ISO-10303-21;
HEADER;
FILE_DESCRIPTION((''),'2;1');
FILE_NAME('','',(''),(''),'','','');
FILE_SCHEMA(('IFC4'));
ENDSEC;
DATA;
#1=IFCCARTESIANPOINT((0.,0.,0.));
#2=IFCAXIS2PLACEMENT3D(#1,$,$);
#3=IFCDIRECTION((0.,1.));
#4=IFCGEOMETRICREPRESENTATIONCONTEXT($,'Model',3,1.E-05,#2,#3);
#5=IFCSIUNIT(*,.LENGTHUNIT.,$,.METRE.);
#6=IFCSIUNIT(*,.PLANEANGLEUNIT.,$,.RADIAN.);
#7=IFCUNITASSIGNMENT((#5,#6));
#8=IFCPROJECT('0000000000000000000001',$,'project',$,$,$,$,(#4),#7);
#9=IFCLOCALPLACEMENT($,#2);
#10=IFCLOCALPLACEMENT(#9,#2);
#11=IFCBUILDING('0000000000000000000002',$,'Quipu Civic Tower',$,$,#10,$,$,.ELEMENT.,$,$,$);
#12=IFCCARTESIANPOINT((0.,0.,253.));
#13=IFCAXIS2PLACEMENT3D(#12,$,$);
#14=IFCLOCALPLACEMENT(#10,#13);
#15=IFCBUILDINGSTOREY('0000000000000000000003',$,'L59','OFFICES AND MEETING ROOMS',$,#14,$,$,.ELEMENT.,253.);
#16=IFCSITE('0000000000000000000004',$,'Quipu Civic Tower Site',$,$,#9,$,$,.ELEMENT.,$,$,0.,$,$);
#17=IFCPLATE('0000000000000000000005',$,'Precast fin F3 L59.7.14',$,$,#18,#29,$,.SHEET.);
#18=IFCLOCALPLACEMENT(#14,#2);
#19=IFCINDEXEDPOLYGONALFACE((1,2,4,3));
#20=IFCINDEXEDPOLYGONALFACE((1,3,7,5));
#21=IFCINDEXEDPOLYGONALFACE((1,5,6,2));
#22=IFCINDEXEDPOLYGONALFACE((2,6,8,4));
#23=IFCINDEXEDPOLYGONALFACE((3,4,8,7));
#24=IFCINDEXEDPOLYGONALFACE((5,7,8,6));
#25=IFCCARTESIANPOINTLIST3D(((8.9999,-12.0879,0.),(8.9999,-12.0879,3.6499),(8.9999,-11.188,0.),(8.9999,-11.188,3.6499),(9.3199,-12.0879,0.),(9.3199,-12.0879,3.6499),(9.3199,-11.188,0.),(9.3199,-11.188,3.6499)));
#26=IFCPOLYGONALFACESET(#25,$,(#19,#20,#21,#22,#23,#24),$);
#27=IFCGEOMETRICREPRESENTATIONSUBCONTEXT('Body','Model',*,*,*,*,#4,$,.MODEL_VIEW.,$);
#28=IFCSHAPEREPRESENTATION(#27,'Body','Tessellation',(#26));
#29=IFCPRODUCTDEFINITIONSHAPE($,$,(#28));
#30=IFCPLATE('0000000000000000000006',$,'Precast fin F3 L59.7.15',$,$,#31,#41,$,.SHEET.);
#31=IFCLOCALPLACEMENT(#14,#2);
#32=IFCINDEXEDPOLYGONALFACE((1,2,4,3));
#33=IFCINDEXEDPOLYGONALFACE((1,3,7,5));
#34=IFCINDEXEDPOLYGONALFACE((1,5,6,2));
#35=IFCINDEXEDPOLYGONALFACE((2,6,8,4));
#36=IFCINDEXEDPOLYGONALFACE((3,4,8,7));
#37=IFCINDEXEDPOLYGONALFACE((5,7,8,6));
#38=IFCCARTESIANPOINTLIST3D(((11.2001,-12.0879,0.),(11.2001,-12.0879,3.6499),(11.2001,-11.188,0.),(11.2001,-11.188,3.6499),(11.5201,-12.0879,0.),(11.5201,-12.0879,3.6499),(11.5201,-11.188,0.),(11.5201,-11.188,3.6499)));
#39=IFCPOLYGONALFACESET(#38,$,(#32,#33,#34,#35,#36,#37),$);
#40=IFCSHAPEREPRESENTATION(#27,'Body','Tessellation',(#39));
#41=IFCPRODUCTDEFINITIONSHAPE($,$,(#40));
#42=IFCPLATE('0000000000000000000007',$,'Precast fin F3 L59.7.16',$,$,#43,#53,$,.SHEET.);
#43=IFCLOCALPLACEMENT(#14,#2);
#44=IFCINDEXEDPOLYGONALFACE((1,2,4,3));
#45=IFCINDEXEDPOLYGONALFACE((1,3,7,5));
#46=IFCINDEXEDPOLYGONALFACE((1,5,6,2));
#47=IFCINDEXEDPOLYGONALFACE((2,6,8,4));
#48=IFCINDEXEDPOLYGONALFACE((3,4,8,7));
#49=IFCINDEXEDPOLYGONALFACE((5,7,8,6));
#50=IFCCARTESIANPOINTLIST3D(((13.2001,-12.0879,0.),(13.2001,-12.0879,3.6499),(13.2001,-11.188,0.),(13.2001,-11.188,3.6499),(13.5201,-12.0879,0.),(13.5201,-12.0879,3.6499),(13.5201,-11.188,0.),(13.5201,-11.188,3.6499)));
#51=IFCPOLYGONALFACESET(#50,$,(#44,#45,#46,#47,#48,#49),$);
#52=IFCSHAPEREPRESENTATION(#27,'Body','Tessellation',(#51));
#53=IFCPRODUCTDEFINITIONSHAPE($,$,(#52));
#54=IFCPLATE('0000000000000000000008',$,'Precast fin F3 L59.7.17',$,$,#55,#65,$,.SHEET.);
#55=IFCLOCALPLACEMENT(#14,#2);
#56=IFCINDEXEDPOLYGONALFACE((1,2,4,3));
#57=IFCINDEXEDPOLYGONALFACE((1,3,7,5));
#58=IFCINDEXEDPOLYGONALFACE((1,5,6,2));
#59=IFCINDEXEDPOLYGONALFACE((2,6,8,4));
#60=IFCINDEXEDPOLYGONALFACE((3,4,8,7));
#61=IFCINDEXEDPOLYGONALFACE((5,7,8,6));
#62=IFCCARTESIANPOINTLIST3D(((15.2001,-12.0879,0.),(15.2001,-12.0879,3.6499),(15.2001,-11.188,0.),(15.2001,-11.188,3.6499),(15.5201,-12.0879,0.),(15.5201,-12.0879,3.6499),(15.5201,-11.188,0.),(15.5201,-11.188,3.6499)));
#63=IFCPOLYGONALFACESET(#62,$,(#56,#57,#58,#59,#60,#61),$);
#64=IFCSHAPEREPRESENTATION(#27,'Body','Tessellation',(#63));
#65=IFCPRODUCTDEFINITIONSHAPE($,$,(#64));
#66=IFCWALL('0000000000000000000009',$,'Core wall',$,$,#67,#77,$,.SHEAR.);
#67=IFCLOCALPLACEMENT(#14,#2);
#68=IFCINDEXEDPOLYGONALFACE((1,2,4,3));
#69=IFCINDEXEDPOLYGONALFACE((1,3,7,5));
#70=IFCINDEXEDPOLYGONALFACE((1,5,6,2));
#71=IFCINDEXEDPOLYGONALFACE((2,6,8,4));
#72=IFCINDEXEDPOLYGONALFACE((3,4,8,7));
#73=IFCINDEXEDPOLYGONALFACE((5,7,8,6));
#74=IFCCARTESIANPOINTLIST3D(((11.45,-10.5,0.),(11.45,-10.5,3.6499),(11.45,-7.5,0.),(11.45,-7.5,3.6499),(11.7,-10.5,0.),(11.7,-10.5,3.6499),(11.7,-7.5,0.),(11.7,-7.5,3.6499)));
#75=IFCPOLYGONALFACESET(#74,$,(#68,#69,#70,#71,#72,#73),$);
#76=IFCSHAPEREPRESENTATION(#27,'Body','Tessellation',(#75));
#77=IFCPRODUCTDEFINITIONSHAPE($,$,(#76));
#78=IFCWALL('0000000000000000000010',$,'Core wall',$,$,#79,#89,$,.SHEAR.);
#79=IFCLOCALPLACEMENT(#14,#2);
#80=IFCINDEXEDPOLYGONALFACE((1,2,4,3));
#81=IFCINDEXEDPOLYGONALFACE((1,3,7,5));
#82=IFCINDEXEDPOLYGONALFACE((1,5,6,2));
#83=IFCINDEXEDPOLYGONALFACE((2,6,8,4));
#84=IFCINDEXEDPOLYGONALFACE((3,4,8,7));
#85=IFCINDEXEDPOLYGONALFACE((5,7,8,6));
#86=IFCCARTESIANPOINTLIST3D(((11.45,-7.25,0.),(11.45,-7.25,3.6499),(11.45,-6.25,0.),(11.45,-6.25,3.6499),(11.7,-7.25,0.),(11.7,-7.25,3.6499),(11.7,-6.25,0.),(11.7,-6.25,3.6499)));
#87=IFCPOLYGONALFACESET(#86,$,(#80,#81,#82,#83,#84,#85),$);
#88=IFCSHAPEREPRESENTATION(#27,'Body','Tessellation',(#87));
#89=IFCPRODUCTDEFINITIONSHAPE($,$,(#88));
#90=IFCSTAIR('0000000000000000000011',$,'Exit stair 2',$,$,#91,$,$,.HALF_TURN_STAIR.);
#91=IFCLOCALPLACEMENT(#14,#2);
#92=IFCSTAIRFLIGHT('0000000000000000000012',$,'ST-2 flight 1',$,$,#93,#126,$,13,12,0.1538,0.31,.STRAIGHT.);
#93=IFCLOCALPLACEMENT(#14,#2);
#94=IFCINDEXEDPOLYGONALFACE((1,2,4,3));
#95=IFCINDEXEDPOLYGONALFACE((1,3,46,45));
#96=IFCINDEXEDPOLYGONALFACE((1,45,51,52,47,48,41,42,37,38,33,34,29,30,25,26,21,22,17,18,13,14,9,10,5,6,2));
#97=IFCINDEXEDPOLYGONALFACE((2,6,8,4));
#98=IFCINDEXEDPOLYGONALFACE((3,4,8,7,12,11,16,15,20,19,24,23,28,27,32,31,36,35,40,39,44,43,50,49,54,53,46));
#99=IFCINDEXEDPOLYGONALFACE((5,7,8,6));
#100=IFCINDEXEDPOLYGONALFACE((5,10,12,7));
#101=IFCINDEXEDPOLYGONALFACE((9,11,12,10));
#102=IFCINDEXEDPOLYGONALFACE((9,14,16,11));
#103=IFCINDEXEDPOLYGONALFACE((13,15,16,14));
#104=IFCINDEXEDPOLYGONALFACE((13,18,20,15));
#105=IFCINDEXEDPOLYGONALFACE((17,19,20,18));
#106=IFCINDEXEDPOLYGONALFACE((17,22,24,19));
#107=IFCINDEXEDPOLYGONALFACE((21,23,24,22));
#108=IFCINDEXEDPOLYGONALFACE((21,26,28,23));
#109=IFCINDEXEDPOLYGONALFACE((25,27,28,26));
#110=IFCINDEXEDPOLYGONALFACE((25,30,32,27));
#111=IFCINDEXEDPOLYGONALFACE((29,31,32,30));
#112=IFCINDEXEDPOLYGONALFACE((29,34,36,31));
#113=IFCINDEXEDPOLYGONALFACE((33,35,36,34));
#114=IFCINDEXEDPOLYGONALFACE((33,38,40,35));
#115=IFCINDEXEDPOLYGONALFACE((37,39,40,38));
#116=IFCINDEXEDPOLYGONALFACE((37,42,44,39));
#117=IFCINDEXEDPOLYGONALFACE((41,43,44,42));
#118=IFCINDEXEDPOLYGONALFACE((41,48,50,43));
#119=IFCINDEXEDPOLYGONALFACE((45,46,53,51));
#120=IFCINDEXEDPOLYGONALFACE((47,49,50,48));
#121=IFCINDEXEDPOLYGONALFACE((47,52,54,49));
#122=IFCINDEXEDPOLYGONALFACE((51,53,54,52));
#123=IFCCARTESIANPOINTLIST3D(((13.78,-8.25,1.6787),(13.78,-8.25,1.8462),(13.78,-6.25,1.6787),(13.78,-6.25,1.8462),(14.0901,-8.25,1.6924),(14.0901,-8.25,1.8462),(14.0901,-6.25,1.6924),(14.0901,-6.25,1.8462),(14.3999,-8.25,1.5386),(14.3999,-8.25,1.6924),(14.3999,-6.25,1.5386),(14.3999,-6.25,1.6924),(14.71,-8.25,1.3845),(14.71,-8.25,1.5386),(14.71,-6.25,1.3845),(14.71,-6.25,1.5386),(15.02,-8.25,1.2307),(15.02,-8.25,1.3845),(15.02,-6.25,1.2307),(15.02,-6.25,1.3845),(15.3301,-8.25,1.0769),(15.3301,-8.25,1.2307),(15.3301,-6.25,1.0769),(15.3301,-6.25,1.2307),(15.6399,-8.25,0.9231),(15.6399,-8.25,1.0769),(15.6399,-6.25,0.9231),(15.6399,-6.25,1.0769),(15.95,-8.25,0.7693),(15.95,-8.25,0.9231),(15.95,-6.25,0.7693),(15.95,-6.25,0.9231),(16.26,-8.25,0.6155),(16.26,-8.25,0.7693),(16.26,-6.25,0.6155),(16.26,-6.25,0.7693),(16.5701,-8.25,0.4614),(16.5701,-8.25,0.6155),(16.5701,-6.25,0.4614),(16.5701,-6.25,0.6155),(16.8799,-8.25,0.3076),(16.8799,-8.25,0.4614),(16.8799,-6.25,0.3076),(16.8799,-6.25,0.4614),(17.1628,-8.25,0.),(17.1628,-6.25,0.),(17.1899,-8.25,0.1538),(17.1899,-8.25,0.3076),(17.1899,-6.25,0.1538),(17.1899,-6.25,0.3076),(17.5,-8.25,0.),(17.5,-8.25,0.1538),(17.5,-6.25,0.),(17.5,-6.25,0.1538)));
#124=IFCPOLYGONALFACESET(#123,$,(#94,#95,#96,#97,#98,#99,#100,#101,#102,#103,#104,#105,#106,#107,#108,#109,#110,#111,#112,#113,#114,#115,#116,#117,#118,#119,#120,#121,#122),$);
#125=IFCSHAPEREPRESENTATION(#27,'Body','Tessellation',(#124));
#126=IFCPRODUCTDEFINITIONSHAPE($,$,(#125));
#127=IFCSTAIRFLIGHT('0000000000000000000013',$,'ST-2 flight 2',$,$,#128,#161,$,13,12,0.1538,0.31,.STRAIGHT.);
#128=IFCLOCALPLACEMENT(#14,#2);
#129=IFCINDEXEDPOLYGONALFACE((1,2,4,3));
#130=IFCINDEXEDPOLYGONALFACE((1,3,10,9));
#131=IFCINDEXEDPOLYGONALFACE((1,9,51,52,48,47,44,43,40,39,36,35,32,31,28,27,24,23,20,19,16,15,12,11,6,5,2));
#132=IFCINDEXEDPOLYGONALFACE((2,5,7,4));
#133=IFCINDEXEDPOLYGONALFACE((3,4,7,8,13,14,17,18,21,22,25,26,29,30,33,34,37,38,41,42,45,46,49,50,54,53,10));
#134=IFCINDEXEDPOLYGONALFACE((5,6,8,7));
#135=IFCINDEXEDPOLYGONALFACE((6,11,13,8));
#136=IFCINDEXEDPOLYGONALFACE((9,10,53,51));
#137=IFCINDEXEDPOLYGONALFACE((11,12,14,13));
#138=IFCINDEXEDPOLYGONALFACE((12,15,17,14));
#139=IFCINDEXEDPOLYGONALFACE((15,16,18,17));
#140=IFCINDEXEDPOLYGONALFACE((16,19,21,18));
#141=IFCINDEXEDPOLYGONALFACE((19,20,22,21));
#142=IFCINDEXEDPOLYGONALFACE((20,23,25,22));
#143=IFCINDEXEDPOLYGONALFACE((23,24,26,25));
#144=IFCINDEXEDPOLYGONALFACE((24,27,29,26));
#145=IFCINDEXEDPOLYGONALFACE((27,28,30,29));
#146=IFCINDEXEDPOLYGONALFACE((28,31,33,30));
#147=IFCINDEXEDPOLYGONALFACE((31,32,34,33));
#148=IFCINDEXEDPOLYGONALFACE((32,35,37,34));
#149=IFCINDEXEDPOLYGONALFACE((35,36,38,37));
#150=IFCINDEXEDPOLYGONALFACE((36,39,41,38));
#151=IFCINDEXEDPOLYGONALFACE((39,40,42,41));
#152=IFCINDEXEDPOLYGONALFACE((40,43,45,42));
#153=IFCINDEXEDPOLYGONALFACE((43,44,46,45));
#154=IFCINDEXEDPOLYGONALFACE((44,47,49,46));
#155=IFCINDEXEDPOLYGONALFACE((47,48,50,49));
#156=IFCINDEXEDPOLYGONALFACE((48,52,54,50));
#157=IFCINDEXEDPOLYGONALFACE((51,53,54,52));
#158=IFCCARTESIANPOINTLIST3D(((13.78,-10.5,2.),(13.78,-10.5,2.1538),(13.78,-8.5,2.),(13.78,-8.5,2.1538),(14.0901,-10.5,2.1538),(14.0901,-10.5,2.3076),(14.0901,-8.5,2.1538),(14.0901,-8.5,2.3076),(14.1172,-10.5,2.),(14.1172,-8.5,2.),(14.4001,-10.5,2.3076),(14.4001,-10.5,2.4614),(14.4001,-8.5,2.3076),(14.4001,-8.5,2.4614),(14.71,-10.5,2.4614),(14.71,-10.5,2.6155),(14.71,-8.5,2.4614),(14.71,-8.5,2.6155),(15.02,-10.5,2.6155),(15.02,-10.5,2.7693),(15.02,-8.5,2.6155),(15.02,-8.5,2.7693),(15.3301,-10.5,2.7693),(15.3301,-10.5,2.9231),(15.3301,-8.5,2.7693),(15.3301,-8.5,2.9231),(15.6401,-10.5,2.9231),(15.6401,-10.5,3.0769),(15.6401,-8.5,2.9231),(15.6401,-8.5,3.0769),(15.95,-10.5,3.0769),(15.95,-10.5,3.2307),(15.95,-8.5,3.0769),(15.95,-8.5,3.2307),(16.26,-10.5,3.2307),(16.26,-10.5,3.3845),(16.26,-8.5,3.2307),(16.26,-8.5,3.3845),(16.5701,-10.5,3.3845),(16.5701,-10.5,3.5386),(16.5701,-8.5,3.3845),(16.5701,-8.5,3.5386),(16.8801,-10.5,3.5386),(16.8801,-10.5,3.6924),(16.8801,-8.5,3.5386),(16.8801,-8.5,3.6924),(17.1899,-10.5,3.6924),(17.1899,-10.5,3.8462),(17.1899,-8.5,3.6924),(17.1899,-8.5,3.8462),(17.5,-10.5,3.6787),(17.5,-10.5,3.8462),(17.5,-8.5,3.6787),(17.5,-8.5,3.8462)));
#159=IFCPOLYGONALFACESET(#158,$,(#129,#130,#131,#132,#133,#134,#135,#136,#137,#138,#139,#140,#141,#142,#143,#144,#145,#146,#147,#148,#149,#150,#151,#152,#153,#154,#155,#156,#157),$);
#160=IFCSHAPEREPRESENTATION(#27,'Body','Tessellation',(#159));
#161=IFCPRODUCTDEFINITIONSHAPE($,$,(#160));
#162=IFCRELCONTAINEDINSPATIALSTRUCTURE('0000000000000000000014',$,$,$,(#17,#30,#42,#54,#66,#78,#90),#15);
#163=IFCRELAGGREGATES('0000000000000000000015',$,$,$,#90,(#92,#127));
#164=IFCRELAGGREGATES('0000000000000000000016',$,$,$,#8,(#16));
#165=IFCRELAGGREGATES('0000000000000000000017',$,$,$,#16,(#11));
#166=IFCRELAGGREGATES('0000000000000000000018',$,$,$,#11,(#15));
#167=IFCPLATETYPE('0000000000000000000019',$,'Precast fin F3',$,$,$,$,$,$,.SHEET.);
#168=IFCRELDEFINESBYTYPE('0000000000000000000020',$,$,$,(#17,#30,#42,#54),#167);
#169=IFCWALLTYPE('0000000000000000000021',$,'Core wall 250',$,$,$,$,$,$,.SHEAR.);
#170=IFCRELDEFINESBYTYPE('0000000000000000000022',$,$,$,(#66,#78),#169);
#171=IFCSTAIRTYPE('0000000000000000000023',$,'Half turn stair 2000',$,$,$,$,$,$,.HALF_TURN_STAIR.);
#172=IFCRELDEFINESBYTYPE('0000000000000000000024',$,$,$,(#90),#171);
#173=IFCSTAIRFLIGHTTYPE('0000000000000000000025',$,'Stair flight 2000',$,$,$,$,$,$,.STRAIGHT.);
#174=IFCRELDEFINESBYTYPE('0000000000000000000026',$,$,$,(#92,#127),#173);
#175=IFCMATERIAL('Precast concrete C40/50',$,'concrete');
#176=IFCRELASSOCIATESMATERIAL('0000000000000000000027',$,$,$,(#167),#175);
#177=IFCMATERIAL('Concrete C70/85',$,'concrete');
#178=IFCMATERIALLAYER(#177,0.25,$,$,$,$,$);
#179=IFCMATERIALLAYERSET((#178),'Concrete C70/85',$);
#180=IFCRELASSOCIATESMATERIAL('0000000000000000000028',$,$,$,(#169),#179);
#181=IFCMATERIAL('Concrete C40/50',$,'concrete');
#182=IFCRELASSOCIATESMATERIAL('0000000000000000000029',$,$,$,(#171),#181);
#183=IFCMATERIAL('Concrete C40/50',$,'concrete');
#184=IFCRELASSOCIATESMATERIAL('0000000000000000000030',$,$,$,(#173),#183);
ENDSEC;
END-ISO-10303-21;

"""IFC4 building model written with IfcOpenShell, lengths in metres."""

from ifc_helpers import new_model, si_unit, direction, frame, frame_2d, origin, origin_2d, place, context, subcontext, project, spatial, polyline, rectangle, outline, extrude, material, layer, layer_set, type_object, element, aggregate, save


model = new_model("IFC4")

# Units and contexts
model_context = context("Model", 3, precision=1e-05, world=origin(), true_north=direction((0.0, 1.0)))
body_context = subcontext(model_context, "Body", "Model", "MODEL_VIEW")
ifc_project = project(units=[si_unit("LENGTHUNIT", "METRE"), si_unit("PLANEANGLEUNIT", "RADIAN")], contexts=[model_context])

# Site, building, storey
site_placement = place(None, origin())
site = spatial("IfcSite", under=ifc_project, at=site_placement, Name="Quipu Civic Tower Site", CompositionType="ELEMENT", RefElevation=0.0)
building_placement = place(site_placement, origin())
building = spatial("IfcBuilding", under=site, at=building_placement, Name="Quipu Civic Tower", CompositionType="ELEMENT")
storey_placement = place(building_placement, frame((0.0, 0.0, 253.0)))
storey = spatial("IfcBuildingStorey", under=building, at=storey_placement, Name="L59", Description="OFFICES AND MEETING ROOMS", CompositionType="ELEMENT", Elevation=253.0)

# Plates
ifc_material_1 = material(Name="Precast concrete C40/50", Category="concrete")
plate_type = type_object("IfcPlateType", Name="Precast fin F3", PredefinedType="SHEET", material=ifc_material_1)
for number, where, z_axis, x_axis, name in (
    (1, (9.1599, -11.6379, 0.0), (0.0, 0.0, 1.0), (1.0, 0.0, 0.0), "Precast fin F3 L59.7.14"),
    (2, (11.3601, -11.6379, 0.0), (0.0, 0.0, 1.0), (1.0, 0.0, 0.0), "Precast fin F3 L59.7.15"),
    (3, (13.3601, -11.6379, 0.0), (0.0, 0.0, 1.0), (1.0, 0.0, 0.0), "Precast fin F3 L59.7.16"),
    (4, (15.3601, -11.6379, 0.0), (0.0, 0.0, 1.0), (1.0, 0.0, 0.0), "Precast fin F3 L59.7.17"),
):
    element("IfcPlate", number, at=place(storey_placement, frame(where, z_axis=z_axis, x_axis=x_axis)), inside=storey, type_object=plate_type, Name=name, PredefinedType="SHEET", context=body_context, shape_type="SweptSolid", body=[
        extrude(rectangle(XDim=0.3201, YDim=0.8999, at=origin_2d()), origin(), (0.0, 0.0, 1.0), 3.6499),
    ])

# Wall
ifc_material_2 = material(Name="Concrete C70/85", Category="concrete")
ifc_layer = layer(ifc_material_2, 0.25)
ifc_layer_set = layer_set([ifc_layer], Name="Concrete C70/85")
wall_type = type_object("IfcWallType", Name="Core wall 250", PredefinedType="SHEAR", material=ifc_layer_set)
wall_1_placement = place(storey_placement, frame((11.575, -10.5, 0.0), z_axis=(0.0, 0.0, 1.0), x_axis=(0.0, 1.0, 0.0)))
element("IfcWall", 5, at=wall_1_placement, inside=storey, type_object=wall_type, Name="Core wall", PredefinedType="SHEAR", context=body_context, shape_type="SweptSolid", body=[
    extrude(rectangle(XDim=3.0, YDim=0.25, at=frame_2d((1.5, 0.0))), origin(), (0.0, 0.0, 1.0), 3.6499),
])

# Wall
wall_2_placement = place(storey_placement, frame((11.575, -7.25, 0.0), z_axis=(0.0, 0.0, 1.0), x_axis=(0.0, 1.0, 0.0)))
element("IfcWall", 6, at=wall_2_placement, inside=storey, type_object=wall_type, Name="Core wall", PredefinedType="SHEAR", context=body_context, shape_type="SweptSolid", body=[
    extrude(rectangle(XDim=1.0, YDim=0.25, at=frame_2d((0.5, 0.0))), origin(), (0.0, 0.0, 1.0), 3.6499),
])

# Stair, stair flights
ifc_material_3 = material(Name="Concrete C40/50", Category="concrete")
stair_type = type_object("IfcStairType", Name="Half turn stair 2000", PredefinedType="HALF_TURN_STAIR", material=ifc_material_3)
stair_placement = place(storey_placement, origin())
stair = element("IfcStair", 7, at=stair_placement, inside=storey, type_object=stair_type, Name="Exit stair 2", PredefinedType="HALF_TURN_STAIR")
ifc_material_4 = material(Name="Concrete C40/50", Category="concrete")
stair_flight_type = type_object("IfcStairFlightType", Name="Stair flight 2000", PredefinedType="STRAIGHT", material=ifc_material_4)
stair_flight_1_placement = place(storey_placement, frame((17.5, -7.25, 0.0), z_axis=(0.0, 0.0, 1.0), x_axis=(-1.0, 0.0, 0.0)))
stair_flight_1 = element("IfcStairFlight", 8, at=stair_flight_1_placement, type_object=stair_flight_type, Name="ST-2 flight 1", NumberOfRisers=13, NumberOfTreads=12, PredefinedType="STRAIGHT", RiserHeight=0.1538, TreadLength=0.31, context=body_context, shape_type="SweptSolid", body=[
    extrude(outline(polyline([(0.0, 0.0), (0.0, 0.1538), (0.3101, 0.1538), (0.3101, 0.3076), (0.6201, 0.3076), (0.6201, 0.4614), (0.9299, 0.4614), (0.9299, 0.6155), (1.24, 0.6155), (1.24, 0.7693), (1.55, 0.7693), (1.55, 0.9231), (1.8601, 0.9231), (1.8601, 1.0769), (2.1699, 1.0769), (2.1699, 1.2307), (2.48, 1.2307), (2.48, 1.3845), (2.79, 1.3845), (2.79, 1.5386), (3.1001, 1.5386), (3.1001, 1.6924), (3.4099, 1.6924), (3.4099, 1.8462), (3.72, 1.8462), (3.72, 2.0), (3.72, 1.6787), (0.3372, 0.0), (0.0, 0.0)])), frame((0.0, 1.0, 0.0), z_axis=(0.0, -1.0, 0.0), x_axis=(1.0, 0.0, 0.0)), (0.0, 0.0, 1.0), 2.0),
])
stair_flight_2_placement = place(storey_placement, frame((13.78, -9.5, 2.0), z_axis=(0.0, 0.0, 1.0), x_axis=(1.0, 0.0, 0.0)))
stair_flight_2 = element("IfcStairFlight", 9, at=stair_flight_2_placement, type_object=stair_flight_type, Name="ST-2 flight 2", NumberOfRisers=13, NumberOfTreads=12, PredefinedType="STRAIGHT", RiserHeight=0.1538, TreadLength=0.31, context=body_context, shape_type="SweptSolid", body=[
    extrude(outline(polyline([(0.0, 0.0), (0.0, 0.1538), (0.3101, 0.1538), (0.3101, 0.3076), (0.6201, 0.3076), (0.6201, 0.4614), (0.9299, 0.4614), (0.9299, 0.6155), (1.24, 0.6155), (1.24, 0.7693), (1.55, 0.7693), (1.55, 0.9231), (1.8601, 0.9231), (1.8601, 1.0769), (2.1699, 1.0769), (2.1699, 1.2307), (2.48, 1.2307), (2.48, 1.3845), (2.79, 1.3845), (2.79, 1.5386), (3.1001, 1.5386), (3.1001, 1.6924), (3.4099, 1.6924), (3.4099, 1.8462), (3.72, 1.8462), (3.72, 2.0), (3.72, 1.6787), (0.3372, 0.0), (0.0, 0.0)])), frame((0.0, 1.0, 0.0), z_axis=(0.0, -1.0, 0.0), x_axis=(1.0, 0.0, 0.0)), (0.0, 0.0, 1.0), 2.0),
])
aggregate(stair, [stair_flight_1, stair_flight_2])

save(model, "model.ifc")
